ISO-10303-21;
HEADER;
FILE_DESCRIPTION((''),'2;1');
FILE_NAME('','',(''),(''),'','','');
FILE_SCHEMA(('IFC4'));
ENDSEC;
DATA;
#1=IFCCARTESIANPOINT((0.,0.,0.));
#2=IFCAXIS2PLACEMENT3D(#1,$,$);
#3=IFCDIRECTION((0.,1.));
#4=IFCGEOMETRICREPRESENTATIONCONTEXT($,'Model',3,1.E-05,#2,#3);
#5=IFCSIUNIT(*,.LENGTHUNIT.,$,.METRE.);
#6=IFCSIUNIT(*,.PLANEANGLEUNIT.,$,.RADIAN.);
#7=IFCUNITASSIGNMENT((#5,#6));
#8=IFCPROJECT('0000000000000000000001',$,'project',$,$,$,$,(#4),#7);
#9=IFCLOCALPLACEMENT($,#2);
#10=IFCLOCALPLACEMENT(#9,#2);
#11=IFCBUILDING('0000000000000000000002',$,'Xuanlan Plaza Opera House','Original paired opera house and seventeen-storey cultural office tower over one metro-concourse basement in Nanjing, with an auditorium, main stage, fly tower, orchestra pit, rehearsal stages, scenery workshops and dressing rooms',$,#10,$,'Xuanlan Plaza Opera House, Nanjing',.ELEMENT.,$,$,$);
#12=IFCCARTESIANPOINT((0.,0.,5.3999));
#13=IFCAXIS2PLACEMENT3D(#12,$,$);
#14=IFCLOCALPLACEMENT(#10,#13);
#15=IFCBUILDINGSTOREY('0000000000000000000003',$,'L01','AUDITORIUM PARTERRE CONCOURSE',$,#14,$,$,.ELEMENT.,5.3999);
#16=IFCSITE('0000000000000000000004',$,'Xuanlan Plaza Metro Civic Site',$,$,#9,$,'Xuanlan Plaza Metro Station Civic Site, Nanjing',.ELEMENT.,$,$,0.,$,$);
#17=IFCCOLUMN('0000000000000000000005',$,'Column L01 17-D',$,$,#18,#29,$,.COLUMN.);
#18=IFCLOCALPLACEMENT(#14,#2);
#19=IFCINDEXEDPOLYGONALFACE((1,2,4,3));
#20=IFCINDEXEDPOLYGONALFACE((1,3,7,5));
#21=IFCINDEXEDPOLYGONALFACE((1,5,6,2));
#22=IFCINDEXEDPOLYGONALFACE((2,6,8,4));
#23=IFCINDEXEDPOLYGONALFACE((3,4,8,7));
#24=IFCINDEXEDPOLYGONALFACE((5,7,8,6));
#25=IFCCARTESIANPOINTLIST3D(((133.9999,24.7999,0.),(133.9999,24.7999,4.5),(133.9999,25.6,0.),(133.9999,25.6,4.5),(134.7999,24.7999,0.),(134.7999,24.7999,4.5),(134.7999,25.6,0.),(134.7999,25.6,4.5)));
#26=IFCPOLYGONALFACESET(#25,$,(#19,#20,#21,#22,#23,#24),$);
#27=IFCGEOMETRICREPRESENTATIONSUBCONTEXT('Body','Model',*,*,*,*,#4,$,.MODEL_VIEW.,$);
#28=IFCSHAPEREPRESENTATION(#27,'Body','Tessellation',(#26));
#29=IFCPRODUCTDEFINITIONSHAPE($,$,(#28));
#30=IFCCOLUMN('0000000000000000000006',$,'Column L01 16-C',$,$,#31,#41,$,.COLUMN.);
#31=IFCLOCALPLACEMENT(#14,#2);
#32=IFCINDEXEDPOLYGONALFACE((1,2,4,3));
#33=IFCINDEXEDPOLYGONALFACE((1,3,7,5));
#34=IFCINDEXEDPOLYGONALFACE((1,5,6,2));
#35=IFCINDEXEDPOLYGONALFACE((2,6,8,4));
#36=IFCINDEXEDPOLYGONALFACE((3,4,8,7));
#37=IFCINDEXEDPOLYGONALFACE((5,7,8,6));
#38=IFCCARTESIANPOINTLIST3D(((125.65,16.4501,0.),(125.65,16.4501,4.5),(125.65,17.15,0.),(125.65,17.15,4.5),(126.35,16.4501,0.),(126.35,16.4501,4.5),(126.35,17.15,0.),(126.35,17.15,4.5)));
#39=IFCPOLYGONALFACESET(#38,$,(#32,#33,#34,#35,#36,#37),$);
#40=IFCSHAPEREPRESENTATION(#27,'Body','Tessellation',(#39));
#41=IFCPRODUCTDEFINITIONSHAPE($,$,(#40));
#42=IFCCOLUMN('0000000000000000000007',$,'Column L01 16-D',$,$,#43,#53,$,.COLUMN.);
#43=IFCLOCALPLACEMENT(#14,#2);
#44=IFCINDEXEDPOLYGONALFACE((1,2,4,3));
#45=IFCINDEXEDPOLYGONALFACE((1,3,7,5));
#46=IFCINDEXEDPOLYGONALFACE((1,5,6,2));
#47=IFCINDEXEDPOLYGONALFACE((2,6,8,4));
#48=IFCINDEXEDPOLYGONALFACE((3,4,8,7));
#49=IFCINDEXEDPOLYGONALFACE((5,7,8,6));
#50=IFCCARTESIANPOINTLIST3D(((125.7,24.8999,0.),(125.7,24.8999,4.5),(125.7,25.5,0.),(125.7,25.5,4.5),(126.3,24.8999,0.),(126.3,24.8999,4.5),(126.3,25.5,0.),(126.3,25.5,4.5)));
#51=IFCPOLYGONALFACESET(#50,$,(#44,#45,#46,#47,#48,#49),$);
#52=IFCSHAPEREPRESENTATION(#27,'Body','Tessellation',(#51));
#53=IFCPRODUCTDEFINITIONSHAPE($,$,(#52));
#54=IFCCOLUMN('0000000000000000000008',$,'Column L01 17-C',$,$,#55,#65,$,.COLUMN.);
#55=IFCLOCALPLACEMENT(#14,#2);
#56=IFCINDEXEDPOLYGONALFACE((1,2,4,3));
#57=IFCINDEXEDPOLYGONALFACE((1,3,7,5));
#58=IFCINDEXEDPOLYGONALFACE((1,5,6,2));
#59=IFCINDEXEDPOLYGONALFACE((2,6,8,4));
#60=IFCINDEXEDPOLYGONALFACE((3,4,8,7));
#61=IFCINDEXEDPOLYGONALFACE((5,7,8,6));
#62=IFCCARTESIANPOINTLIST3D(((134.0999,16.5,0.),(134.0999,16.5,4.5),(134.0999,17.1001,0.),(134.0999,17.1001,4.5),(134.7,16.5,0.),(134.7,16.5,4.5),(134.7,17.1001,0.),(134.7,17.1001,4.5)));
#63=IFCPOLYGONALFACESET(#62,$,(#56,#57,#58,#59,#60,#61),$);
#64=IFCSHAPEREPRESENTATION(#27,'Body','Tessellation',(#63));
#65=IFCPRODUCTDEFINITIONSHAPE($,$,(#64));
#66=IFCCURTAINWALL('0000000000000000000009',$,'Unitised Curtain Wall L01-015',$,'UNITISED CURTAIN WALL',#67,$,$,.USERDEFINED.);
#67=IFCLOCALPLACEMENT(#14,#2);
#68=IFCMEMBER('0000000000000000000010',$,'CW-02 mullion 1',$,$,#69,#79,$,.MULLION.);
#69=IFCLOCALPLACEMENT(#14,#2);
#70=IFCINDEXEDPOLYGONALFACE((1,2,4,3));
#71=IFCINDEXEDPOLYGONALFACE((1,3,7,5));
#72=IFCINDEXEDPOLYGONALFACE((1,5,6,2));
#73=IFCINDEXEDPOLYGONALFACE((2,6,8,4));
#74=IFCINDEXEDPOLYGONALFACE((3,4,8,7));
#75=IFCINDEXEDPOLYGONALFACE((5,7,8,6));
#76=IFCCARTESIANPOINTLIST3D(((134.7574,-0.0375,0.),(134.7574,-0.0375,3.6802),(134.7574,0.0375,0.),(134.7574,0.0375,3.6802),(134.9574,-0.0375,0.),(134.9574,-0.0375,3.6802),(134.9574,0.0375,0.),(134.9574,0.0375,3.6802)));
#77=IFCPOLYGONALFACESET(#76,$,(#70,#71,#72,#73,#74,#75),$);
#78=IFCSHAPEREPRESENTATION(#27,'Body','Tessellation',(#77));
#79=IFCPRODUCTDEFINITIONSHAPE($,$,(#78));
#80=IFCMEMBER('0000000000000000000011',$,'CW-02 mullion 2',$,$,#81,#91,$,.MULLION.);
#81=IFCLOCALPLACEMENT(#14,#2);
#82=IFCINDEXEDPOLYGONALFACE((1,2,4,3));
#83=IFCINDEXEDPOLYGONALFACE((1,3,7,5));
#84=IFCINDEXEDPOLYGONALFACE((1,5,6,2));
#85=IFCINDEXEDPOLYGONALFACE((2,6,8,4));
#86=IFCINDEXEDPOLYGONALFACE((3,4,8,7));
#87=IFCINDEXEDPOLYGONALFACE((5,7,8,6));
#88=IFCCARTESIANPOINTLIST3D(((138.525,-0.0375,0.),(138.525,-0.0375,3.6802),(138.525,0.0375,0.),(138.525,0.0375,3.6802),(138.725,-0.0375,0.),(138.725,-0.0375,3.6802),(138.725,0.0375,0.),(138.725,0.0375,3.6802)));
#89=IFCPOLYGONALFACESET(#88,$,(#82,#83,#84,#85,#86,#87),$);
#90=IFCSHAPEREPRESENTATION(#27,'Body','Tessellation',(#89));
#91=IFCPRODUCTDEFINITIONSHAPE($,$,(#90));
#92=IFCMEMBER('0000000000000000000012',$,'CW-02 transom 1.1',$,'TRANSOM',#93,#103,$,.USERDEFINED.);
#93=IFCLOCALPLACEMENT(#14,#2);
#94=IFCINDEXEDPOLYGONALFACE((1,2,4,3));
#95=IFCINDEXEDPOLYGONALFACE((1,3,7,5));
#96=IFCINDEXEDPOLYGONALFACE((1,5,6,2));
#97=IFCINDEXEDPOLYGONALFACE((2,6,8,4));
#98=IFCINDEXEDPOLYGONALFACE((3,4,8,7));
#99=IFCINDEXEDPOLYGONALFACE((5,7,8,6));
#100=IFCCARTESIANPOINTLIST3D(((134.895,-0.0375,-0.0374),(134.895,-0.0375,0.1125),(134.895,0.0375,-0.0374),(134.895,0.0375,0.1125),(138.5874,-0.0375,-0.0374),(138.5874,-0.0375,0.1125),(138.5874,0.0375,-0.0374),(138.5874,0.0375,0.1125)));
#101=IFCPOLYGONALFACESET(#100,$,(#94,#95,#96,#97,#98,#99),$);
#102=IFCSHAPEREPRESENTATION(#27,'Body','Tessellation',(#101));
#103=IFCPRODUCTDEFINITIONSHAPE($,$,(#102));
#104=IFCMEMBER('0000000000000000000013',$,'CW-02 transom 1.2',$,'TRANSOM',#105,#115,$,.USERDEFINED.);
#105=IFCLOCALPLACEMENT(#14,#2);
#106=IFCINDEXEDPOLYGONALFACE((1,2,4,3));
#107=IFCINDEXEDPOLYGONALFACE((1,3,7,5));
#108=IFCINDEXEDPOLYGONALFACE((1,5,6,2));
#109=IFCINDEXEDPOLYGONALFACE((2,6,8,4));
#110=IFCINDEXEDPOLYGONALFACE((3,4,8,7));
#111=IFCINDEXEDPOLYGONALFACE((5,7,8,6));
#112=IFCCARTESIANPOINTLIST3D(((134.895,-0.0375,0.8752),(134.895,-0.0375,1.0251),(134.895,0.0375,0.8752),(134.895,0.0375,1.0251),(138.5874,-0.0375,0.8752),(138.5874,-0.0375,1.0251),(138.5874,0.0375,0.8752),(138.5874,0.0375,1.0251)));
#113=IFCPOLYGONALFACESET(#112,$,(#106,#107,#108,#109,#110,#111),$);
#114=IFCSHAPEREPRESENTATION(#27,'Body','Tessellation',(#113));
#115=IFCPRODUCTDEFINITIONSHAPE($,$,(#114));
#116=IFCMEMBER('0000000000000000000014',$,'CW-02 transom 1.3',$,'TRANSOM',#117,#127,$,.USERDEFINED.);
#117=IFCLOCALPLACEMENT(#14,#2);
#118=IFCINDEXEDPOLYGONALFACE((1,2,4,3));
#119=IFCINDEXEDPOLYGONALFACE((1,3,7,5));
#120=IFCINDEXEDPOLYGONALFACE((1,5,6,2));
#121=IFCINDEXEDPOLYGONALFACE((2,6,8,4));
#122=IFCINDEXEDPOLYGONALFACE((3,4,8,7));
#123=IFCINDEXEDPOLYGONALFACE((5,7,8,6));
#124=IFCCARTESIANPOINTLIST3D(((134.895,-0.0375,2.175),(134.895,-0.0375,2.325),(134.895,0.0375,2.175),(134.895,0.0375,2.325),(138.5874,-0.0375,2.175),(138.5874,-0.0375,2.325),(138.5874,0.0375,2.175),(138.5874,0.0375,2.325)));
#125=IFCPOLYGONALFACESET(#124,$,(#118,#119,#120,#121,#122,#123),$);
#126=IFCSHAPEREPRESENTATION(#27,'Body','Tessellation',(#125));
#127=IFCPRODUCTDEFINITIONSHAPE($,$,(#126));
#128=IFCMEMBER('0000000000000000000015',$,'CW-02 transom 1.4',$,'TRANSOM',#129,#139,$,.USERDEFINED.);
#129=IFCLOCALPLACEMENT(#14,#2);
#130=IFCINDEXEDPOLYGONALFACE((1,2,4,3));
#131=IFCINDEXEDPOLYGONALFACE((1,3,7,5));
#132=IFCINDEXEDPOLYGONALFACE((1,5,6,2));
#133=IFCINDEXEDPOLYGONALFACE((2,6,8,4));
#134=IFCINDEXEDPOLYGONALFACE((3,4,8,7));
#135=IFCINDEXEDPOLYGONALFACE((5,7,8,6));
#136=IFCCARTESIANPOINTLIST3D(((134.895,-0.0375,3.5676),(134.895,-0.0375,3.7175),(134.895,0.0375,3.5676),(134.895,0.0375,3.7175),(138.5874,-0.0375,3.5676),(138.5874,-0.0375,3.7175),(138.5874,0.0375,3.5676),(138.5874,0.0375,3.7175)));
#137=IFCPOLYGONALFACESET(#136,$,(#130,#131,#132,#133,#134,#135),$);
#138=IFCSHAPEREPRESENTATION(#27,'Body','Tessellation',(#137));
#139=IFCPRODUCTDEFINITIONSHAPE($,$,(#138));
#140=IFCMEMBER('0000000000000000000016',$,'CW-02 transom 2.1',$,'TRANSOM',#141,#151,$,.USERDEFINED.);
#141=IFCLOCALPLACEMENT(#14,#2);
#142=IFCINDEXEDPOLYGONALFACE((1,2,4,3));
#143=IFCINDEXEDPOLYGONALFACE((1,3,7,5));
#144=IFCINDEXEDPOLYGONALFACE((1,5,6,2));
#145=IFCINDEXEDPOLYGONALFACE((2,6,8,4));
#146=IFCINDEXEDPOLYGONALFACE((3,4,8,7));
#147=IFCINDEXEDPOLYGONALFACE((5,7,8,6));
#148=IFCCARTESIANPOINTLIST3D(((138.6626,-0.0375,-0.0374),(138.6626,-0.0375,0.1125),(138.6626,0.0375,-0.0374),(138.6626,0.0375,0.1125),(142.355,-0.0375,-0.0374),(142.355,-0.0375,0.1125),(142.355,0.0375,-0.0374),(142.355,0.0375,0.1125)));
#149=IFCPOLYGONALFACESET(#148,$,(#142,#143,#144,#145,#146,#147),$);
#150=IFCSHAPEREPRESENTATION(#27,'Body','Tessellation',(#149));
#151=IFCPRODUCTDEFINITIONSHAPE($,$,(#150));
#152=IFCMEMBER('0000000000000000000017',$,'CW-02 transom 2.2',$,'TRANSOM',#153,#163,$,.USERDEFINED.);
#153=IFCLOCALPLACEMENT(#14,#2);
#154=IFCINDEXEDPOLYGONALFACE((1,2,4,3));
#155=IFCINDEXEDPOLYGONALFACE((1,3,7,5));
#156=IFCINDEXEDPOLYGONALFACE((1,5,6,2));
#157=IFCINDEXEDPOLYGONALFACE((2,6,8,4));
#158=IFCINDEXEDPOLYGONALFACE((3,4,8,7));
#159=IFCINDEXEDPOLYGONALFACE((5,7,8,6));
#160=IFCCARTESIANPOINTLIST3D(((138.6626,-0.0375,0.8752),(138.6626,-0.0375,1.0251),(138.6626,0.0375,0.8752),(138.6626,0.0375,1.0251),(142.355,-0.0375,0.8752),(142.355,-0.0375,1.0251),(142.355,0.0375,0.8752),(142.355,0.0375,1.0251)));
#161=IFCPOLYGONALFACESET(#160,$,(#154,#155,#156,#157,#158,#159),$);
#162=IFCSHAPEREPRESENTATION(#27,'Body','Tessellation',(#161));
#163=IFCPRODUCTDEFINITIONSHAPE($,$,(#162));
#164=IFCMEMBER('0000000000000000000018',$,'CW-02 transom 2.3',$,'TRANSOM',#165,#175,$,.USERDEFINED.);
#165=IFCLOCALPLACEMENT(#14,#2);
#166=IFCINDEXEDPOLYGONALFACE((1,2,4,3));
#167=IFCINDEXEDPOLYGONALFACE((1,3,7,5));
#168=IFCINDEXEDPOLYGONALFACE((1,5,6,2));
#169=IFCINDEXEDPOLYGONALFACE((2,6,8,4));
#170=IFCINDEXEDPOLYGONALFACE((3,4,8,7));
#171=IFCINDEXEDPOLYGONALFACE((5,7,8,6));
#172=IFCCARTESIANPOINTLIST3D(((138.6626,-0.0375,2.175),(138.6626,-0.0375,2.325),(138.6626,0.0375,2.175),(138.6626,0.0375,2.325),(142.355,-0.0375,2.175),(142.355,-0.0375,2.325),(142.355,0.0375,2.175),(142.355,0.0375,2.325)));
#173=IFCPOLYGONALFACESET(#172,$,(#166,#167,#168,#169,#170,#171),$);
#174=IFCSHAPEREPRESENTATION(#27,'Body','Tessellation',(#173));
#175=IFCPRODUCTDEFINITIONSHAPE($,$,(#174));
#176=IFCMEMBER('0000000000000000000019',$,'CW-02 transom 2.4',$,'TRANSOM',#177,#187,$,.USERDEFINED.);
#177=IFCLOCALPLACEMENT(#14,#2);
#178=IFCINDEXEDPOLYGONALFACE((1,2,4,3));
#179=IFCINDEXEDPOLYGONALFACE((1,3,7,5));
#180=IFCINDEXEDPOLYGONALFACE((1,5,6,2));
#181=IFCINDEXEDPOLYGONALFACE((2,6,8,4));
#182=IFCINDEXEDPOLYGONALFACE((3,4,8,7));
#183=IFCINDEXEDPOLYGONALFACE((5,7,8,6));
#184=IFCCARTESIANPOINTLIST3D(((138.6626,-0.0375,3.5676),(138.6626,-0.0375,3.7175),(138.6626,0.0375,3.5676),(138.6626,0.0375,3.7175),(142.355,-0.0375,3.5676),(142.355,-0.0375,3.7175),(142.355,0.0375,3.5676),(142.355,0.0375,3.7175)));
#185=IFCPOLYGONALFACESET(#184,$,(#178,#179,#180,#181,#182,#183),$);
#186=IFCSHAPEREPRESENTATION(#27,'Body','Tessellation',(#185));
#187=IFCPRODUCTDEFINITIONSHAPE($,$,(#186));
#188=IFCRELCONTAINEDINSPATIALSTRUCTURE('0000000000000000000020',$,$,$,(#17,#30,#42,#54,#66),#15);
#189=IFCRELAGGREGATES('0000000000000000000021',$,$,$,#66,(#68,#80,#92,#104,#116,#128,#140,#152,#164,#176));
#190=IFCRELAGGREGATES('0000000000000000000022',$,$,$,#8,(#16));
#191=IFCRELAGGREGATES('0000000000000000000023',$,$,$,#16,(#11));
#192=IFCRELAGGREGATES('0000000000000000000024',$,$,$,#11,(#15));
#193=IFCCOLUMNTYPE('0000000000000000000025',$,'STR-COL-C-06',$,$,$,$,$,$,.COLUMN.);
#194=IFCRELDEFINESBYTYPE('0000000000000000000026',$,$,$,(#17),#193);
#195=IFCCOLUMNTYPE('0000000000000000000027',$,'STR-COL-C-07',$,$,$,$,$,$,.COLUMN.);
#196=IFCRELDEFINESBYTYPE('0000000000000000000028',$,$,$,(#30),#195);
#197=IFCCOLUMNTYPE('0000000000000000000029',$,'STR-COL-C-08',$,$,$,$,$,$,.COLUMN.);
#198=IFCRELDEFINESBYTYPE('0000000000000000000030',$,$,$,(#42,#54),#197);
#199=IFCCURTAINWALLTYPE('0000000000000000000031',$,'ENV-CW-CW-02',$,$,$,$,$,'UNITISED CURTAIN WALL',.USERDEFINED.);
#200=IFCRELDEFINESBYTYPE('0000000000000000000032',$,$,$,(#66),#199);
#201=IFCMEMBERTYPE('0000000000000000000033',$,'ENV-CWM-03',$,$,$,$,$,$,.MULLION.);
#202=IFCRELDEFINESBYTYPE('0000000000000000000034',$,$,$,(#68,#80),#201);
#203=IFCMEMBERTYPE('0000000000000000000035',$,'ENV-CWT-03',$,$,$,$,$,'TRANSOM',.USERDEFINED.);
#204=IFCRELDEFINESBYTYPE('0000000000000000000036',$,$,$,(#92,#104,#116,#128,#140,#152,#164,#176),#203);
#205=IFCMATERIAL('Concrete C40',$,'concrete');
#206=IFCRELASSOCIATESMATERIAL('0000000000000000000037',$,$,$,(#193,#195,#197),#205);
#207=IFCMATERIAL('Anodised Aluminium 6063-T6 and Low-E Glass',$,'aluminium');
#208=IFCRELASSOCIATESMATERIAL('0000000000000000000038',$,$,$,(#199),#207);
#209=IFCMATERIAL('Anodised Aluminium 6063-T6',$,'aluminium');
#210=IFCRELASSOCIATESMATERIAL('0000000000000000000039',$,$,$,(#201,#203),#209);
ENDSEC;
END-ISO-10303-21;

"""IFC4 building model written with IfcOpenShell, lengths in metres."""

from ifc_helpers import new_model, si_unit, direction, frame, origin, origin_2d, place, context, subcontext, project, spatial, rectangle, extrude, material, material_profile, profile_set, type_object, element, aggregate, save


model = new_model("IFC4")

# Units and contexts
model_context = context("Model", 3, precision=1e-05, world=origin(), true_north=direction((0.0, 1.0)))
body_context = subcontext(model_context, "Body", "Model", "MODEL_VIEW")
ifc_project = project(units=[si_unit("LENGTHUNIT", "METRE"), si_unit("PLANEANGLEUNIT", "RADIAN")], contexts=[model_context])

# Site, building, storey
site_placement = place(None, origin())
site = spatial("IfcSite", under=ifc_project, at=site_placement, Name="Xuanlan Plaza Metro Civic Site", LongName="Xuanlan Plaza Metro Station Civic Site, Nanjing", CompositionType="ELEMENT", RefElevation=0.0)
building_placement = place(site_placement, origin())
building = spatial("IfcBuilding", under=site, at=building_placement, Name="Xuanlan Plaza Opera House", Description="Original paired opera house and seventeen-storey cultural office tower over one metro-concourse basement in Nanjing, with an auditorium, main stage, fly tower, orchestra pit, rehearsal stages, scenery workshops and dressing rooms", LongName="Xuanlan Plaza Opera House, Nanjing", CompositionType="ELEMENT")
storey_placement = place(building_placement, frame((0.0, 0.0, 5.3999)))
storey = spatial("IfcBuildingStorey", under=building, at=storey_placement, Name="L01", Description="AUDITORIUM PARTERRE CONCOURSE", CompositionType="ELEMENT", Elevation=5.3999)

# Columns
ifc_material_1 = material(Name="Concrete C40", Category="concrete")
ifc_material_profile_1 = material_profile(ifc_material_1, rectangle(XDim=0.8, YDim=0.8, at=origin_2d()), Name="RC-COL 800x800")
ifc_profile_set_1 = profile_set([ifc_material_profile_1], Name="Concrete C40")
column_type_1 = type_object("IfcColumnType", Name="STR-COL-C-06", PredefinedType="COLUMN", material=ifc_profile_set_1)
column_1_placement = place(storey_placement, frame((134.3999, 25.2, 0.0), z_axis=(0.0, 0.0, 1.0), x_axis=(1.0, 0.0, 0.0)))
element("IfcColumn", 1, at=column_1_placement, inside=storey, type_object=column_type_1, Name="Column L01 17-D", PredefinedType="COLUMN", context=body_context, shape_type="SweptSolid", body=[
    extrude(rectangle(XDim=0.8, YDim=0.8, at=origin_2d()), origin(), (0.0, 0.0, 1.0), 4.5),
])
ifc_material_profile_2 = material_profile(ifc_material_1, rectangle(XDim=0.7, YDim=0.7, at=origin_2d()), Name="RC-COL 700x700")
ifc_profile_set_2 = profile_set([ifc_material_profile_2], Name="Concrete C40")
column_type_2 = type_object("IfcColumnType", Name="STR-COL-C-07", PredefinedType="COLUMN", material=ifc_profile_set_2)
column_2_placement = place(storey_placement, frame((126.0, 16.8, 0.0), z_axis=(0.0, 0.0, 1.0), x_axis=(1.0, 0.0, 0.0)))
element("IfcColumn", 2, at=column_2_placement, inside=storey, type_object=column_type_2, Name="Column L01 16-C", PredefinedType="COLUMN", context=body_context, shape_type="SweptSolid", body=[
    extrude(rectangle(XDim=0.7, YDim=0.7, at=origin_2d()), origin(), (0.0, 0.0, 1.0), 4.5),
])
ifc_material_profile_3 = material_profile(ifc_material_1, rectangle(XDim=0.6001, YDim=0.6001, at=origin_2d()), Name="RC-COL 600x600")
ifc_profile_set_3 = profile_set([ifc_material_profile_3], Name="Concrete C40")
column_type_3 = type_object("IfcColumnType", Name="STR-COL-C-08", PredefinedType="COLUMN", material=ifc_profile_set_3)
for number, where, z_axis, x_axis, name in (
    (3, (126.0, 25.2, 0.0), (0.0, 0.0, 1.0), (1.0, 0.0, 0.0), "Column L01 16-D"),
    (4, (134.3999, 16.8, 0.0), (0.0, 0.0, 1.0), (1.0, 0.0, 0.0), "Column L01 17-C"),
):
    element("IfcColumn", number, at=place(storey_placement, frame(where, z_axis=z_axis, x_axis=x_axis)), inside=storey, type_object=column_type_3, Name=name, PredefinedType="COLUMN", context=body_context, shape_type="SweptSolid", body=[
        extrude(rectangle(XDim=0.6001, YDim=0.6001, at=origin_2d()), origin(), (0.0, 0.0, 1.0), 4.5),
    ])

# Curtain wall, members
ifc_material_2 = material(Name="Anodised Aluminium 6063-T6 and Low-E Glass", Category="aluminium")
curtain_wall_type = type_object("IfcCurtainWallType", Name="ENV-CW-CW-02", ElementType="UNITISED CURTAIN WALL", PredefinedType="USERDEFINED", material=ifc_material_2)
curtain_wall_placement = place(storey_placement, origin())
curtain_wall = element("IfcCurtainWall", 5, at=curtain_wall_placement, inside=storey, type_object=curtain_wall_type, Name="Unitised Curtain Wall L01-015", ObjectType="UNITISED CURTAIN WALL", PredefinedType="USERDEFINED")
ifc_material_3 = material(Name="Anodised Aluminium 6063-T6", Category="aluminium")
ifc_material_profile_4 = material_profile(ifc_material_3, rectangle(XDim=0.075, YDim=0.2, at=origin_2d()), Name="ALU-M 75x200")
ifc_profile_set_4 = profile_set([ifc_material_profile_4], Name="Anodised Aluminium 6063-T6")
member_type_1 = type_object("IfcMemberType", Name="ENV-CWM-03", PredefinedType="MULLION", material=ifc_profile_set_4)
member_1_placement = place(storey_placement, frame((134.8574, 0.0, 0.0), z_axis=(0.0, 0.0, 1.0), x_axis=(0.0, 1.0, 0.0)))
member_1 = element("IfcMember", 6, at=member_1_placement, type_object=member_type_1, Name="CW-02 mullion 1", PredefinedType="MULLION", context=body_context, shape_type="SweptSolid", body=[
    extrude(rectangle(XDim=0.075, YDim=0.2, at=origin_2d()), origin(), (0.0, 0.0, 1.0), 3.6802),
])
member_2_placement = place(storey_placement, frame((138.625, 0.0, 0.0), z_axis=(0.0, 0.0, 1.0), x_axis=(0.0, 1.0, 0.0)))
member_2 = element("IfcMember", 7, at=member_2_placement, type_object=member_type_1, Name="CW-02 mullion 2", PredefinedType="MULLION", context=body_context, shape_type="SweptSolid", body=[
    extrude(rectangle(XDim=0.075, YDim=0.2, at=origin_2d()), origin(), (0.0, 0.0, 1.0), 3.6802),
])
ifc_material_profile_5 = material_profile(ifc_material_3, rectangle(XDim=0.075, YDim=0.1499, at=origin_2d()), Name="ALU-T 75x150")
ifc_profile_set_5 = profile_set([ifc_material_profile_5], Name="Anodised Aluminium 6063-T6")
member_type_2 = type_object("IfcMemberType", Name="ENV-CWT-03", ElementType="TRANSOM", PredefinedType="USERDEFINED", material=ifc_profile_set_5)
member_3_placement = place(storey_placement, frame((134.895, 0.0, 0.0376), z_axis=(1.0, 0.0, 0.0), x_axis=(0.0, 1.0, 0.0)))
member_3 = element("IfcMember", 8, at=member_3_placement, type_object=member_type_2, Name="CW-02 transom 1.1", ObjectType="TRANSOM", PredefinedType="USERDEFINED", context=body_context, shape_type="SweptSolid", body=[
    extrude(rectangle(XDim=0.075, YDim=0.1499, at=origin_2d()), origin(), (0.0, 0.0, 1.0), 3.6924),
])
member_4_placement = place(storey_placement, frame((134.895, 0.0, 0.9502), z_axis=(1.0, 0.0, 0.0), x_axis=(0.0, 1.0, 0.0)))
member_4 = element("IfcMember", 9, at=member_4_placement, type_object=member_type_2, Name="CW-02 transom 1.2", ObjectType="TRANSOM", PredefinedType="USERDEFINED", context=body_context, shape_type="SweptSolid", body=[
    extrude(rectangle(XDim=0.075, YDim=0.1499, at=origin_2d()), origin(), (0.0, 0.0, 1.0), 3.6924),
])
member_5_placement = place(storey_placement, frame((134.895, 0.0, 2.25), z_axis=(1.0, 0.0, 0.0), x_axis=(0.0, 1.0, 0.0)))
member_5 = element("IfcMember", 10, at=member_5_placement, type_object=member_type_2, Name="CW-02 transom 1.3", ObjectType="TRANSOM", PredefinedType="USERDEFINED", context=body_context, shape_type="SweptSolid", body=[
    extrude(rectangle(XDim=0.075, YDim=0.1499, at=origin_2d()), origin(), (0.0, 0.0, 1.0), 3.6924),
])
member_6_placement = place(storey_placement, frame((134.895, 0.0, 3.6426), z_axis=(1.0, 0.0, 0.0), x_axis=(0.0, 1.0, 0.0)))
member_6 = element("IfcMember", 11, at=member_6_placement, type_object=member_type_2, Name="CW-02 transom 1.4", ObjectType="TRANSOM", PredefinedType="USERDEFINED", context=body_context, shape_type="SweptSolid", body=[
    extrude(rectangle(XDim=0.075, YDim=0.1499, at=origin_2d()), origin(), (0.0, 0.0, 1.0), 3.6924),
])
member_7_placement = place(storey_placement, frame((138.6626, 0.0, 0.0376), z_axis=(1.0, 0.0, 0.0), x_axis=(0.0, 1.0, 0.0)))
member_7 = element("IfcMember", 12, at=member_7_placement, type_object=member_type_2, Name="CW-02 transom 2.1", ObjectType="TRANSOM", PredefinedType="USERDEFINED", context=body_context, shape_type="SweptSolid", body=[
    extrude(rectangle(XDim=0.075, YDim=0.1499, at=origin_2d()), origin(), (0.0, 0.0, 1.0), 3.6924),
])
member_8_placement = place(storey_placement, frame((138.6626, 0.0, 0.9502), z_axis=(1.0, 0.0, 0.0), x_axis=(0.0, 1.0, 0.0)))
member_8 = element("IfcMember", 13, at=member_8_placement, type_object=member_type_2, Name="CW-02 transom 2.2", ObjectType="TRANSOM", PredefinedType="USERDEFINED", context=body_context, shape_type="SweptSolid", body=[
    extrude(rectangle(XDim=0.075, YDim=0.1499, at=origin_2d()), origin(), (0.0, 0.0, 1.0), 3.6924),
])
member_9_placement = place(storey_placement, frame((138.6626, 0.0, 2.25), z_axis=(1.0, 0.0, 0.0), x_axis=(0.0, 1.0, 0.0)))
member_9 = element("IfcMember", 14, at=member_9_placement, type_object=member_type_2, Name="CW-02 transom 2.3", ObjectType="TRANSOM", PredefinedType="USERDEFINED", context=body_context, shape_type="SweptSolid", body=[
    extrude(rectangle(XDim=0.075, YDim=0.1499, at=origin_2d()), origin(), (0.0, 0.0, 1.0), 3.6924),
])
member_10_placement = place(storey_placement, frame((138.6626, 0.0, 3.6426), z_axis=(1.0, 0.0, 0.0), x_axis=(0.0, 1.0, 0.0)))
member_10 = element("IfcMember", 15, at=member_10_placement, type_object=member_type_2, Name="CW-02 transom 2.4", ObjectType="TRANSOM", PredefinedType="USERDEFINED", context=body_context, shape_type="SweptSolid", body=[
    extrude(rectangle(XDim=0.075, YDim=0.1499, at=origin_2d()), origin(), (0.0, 0.0, 1.0), 3.6924),
])

aggregate(curtain_wall, [member_1, member_2, member_3, member_4, member_5, member_6, member_7, member_8, member_9, member_10])

save(model, "model.ifc")
